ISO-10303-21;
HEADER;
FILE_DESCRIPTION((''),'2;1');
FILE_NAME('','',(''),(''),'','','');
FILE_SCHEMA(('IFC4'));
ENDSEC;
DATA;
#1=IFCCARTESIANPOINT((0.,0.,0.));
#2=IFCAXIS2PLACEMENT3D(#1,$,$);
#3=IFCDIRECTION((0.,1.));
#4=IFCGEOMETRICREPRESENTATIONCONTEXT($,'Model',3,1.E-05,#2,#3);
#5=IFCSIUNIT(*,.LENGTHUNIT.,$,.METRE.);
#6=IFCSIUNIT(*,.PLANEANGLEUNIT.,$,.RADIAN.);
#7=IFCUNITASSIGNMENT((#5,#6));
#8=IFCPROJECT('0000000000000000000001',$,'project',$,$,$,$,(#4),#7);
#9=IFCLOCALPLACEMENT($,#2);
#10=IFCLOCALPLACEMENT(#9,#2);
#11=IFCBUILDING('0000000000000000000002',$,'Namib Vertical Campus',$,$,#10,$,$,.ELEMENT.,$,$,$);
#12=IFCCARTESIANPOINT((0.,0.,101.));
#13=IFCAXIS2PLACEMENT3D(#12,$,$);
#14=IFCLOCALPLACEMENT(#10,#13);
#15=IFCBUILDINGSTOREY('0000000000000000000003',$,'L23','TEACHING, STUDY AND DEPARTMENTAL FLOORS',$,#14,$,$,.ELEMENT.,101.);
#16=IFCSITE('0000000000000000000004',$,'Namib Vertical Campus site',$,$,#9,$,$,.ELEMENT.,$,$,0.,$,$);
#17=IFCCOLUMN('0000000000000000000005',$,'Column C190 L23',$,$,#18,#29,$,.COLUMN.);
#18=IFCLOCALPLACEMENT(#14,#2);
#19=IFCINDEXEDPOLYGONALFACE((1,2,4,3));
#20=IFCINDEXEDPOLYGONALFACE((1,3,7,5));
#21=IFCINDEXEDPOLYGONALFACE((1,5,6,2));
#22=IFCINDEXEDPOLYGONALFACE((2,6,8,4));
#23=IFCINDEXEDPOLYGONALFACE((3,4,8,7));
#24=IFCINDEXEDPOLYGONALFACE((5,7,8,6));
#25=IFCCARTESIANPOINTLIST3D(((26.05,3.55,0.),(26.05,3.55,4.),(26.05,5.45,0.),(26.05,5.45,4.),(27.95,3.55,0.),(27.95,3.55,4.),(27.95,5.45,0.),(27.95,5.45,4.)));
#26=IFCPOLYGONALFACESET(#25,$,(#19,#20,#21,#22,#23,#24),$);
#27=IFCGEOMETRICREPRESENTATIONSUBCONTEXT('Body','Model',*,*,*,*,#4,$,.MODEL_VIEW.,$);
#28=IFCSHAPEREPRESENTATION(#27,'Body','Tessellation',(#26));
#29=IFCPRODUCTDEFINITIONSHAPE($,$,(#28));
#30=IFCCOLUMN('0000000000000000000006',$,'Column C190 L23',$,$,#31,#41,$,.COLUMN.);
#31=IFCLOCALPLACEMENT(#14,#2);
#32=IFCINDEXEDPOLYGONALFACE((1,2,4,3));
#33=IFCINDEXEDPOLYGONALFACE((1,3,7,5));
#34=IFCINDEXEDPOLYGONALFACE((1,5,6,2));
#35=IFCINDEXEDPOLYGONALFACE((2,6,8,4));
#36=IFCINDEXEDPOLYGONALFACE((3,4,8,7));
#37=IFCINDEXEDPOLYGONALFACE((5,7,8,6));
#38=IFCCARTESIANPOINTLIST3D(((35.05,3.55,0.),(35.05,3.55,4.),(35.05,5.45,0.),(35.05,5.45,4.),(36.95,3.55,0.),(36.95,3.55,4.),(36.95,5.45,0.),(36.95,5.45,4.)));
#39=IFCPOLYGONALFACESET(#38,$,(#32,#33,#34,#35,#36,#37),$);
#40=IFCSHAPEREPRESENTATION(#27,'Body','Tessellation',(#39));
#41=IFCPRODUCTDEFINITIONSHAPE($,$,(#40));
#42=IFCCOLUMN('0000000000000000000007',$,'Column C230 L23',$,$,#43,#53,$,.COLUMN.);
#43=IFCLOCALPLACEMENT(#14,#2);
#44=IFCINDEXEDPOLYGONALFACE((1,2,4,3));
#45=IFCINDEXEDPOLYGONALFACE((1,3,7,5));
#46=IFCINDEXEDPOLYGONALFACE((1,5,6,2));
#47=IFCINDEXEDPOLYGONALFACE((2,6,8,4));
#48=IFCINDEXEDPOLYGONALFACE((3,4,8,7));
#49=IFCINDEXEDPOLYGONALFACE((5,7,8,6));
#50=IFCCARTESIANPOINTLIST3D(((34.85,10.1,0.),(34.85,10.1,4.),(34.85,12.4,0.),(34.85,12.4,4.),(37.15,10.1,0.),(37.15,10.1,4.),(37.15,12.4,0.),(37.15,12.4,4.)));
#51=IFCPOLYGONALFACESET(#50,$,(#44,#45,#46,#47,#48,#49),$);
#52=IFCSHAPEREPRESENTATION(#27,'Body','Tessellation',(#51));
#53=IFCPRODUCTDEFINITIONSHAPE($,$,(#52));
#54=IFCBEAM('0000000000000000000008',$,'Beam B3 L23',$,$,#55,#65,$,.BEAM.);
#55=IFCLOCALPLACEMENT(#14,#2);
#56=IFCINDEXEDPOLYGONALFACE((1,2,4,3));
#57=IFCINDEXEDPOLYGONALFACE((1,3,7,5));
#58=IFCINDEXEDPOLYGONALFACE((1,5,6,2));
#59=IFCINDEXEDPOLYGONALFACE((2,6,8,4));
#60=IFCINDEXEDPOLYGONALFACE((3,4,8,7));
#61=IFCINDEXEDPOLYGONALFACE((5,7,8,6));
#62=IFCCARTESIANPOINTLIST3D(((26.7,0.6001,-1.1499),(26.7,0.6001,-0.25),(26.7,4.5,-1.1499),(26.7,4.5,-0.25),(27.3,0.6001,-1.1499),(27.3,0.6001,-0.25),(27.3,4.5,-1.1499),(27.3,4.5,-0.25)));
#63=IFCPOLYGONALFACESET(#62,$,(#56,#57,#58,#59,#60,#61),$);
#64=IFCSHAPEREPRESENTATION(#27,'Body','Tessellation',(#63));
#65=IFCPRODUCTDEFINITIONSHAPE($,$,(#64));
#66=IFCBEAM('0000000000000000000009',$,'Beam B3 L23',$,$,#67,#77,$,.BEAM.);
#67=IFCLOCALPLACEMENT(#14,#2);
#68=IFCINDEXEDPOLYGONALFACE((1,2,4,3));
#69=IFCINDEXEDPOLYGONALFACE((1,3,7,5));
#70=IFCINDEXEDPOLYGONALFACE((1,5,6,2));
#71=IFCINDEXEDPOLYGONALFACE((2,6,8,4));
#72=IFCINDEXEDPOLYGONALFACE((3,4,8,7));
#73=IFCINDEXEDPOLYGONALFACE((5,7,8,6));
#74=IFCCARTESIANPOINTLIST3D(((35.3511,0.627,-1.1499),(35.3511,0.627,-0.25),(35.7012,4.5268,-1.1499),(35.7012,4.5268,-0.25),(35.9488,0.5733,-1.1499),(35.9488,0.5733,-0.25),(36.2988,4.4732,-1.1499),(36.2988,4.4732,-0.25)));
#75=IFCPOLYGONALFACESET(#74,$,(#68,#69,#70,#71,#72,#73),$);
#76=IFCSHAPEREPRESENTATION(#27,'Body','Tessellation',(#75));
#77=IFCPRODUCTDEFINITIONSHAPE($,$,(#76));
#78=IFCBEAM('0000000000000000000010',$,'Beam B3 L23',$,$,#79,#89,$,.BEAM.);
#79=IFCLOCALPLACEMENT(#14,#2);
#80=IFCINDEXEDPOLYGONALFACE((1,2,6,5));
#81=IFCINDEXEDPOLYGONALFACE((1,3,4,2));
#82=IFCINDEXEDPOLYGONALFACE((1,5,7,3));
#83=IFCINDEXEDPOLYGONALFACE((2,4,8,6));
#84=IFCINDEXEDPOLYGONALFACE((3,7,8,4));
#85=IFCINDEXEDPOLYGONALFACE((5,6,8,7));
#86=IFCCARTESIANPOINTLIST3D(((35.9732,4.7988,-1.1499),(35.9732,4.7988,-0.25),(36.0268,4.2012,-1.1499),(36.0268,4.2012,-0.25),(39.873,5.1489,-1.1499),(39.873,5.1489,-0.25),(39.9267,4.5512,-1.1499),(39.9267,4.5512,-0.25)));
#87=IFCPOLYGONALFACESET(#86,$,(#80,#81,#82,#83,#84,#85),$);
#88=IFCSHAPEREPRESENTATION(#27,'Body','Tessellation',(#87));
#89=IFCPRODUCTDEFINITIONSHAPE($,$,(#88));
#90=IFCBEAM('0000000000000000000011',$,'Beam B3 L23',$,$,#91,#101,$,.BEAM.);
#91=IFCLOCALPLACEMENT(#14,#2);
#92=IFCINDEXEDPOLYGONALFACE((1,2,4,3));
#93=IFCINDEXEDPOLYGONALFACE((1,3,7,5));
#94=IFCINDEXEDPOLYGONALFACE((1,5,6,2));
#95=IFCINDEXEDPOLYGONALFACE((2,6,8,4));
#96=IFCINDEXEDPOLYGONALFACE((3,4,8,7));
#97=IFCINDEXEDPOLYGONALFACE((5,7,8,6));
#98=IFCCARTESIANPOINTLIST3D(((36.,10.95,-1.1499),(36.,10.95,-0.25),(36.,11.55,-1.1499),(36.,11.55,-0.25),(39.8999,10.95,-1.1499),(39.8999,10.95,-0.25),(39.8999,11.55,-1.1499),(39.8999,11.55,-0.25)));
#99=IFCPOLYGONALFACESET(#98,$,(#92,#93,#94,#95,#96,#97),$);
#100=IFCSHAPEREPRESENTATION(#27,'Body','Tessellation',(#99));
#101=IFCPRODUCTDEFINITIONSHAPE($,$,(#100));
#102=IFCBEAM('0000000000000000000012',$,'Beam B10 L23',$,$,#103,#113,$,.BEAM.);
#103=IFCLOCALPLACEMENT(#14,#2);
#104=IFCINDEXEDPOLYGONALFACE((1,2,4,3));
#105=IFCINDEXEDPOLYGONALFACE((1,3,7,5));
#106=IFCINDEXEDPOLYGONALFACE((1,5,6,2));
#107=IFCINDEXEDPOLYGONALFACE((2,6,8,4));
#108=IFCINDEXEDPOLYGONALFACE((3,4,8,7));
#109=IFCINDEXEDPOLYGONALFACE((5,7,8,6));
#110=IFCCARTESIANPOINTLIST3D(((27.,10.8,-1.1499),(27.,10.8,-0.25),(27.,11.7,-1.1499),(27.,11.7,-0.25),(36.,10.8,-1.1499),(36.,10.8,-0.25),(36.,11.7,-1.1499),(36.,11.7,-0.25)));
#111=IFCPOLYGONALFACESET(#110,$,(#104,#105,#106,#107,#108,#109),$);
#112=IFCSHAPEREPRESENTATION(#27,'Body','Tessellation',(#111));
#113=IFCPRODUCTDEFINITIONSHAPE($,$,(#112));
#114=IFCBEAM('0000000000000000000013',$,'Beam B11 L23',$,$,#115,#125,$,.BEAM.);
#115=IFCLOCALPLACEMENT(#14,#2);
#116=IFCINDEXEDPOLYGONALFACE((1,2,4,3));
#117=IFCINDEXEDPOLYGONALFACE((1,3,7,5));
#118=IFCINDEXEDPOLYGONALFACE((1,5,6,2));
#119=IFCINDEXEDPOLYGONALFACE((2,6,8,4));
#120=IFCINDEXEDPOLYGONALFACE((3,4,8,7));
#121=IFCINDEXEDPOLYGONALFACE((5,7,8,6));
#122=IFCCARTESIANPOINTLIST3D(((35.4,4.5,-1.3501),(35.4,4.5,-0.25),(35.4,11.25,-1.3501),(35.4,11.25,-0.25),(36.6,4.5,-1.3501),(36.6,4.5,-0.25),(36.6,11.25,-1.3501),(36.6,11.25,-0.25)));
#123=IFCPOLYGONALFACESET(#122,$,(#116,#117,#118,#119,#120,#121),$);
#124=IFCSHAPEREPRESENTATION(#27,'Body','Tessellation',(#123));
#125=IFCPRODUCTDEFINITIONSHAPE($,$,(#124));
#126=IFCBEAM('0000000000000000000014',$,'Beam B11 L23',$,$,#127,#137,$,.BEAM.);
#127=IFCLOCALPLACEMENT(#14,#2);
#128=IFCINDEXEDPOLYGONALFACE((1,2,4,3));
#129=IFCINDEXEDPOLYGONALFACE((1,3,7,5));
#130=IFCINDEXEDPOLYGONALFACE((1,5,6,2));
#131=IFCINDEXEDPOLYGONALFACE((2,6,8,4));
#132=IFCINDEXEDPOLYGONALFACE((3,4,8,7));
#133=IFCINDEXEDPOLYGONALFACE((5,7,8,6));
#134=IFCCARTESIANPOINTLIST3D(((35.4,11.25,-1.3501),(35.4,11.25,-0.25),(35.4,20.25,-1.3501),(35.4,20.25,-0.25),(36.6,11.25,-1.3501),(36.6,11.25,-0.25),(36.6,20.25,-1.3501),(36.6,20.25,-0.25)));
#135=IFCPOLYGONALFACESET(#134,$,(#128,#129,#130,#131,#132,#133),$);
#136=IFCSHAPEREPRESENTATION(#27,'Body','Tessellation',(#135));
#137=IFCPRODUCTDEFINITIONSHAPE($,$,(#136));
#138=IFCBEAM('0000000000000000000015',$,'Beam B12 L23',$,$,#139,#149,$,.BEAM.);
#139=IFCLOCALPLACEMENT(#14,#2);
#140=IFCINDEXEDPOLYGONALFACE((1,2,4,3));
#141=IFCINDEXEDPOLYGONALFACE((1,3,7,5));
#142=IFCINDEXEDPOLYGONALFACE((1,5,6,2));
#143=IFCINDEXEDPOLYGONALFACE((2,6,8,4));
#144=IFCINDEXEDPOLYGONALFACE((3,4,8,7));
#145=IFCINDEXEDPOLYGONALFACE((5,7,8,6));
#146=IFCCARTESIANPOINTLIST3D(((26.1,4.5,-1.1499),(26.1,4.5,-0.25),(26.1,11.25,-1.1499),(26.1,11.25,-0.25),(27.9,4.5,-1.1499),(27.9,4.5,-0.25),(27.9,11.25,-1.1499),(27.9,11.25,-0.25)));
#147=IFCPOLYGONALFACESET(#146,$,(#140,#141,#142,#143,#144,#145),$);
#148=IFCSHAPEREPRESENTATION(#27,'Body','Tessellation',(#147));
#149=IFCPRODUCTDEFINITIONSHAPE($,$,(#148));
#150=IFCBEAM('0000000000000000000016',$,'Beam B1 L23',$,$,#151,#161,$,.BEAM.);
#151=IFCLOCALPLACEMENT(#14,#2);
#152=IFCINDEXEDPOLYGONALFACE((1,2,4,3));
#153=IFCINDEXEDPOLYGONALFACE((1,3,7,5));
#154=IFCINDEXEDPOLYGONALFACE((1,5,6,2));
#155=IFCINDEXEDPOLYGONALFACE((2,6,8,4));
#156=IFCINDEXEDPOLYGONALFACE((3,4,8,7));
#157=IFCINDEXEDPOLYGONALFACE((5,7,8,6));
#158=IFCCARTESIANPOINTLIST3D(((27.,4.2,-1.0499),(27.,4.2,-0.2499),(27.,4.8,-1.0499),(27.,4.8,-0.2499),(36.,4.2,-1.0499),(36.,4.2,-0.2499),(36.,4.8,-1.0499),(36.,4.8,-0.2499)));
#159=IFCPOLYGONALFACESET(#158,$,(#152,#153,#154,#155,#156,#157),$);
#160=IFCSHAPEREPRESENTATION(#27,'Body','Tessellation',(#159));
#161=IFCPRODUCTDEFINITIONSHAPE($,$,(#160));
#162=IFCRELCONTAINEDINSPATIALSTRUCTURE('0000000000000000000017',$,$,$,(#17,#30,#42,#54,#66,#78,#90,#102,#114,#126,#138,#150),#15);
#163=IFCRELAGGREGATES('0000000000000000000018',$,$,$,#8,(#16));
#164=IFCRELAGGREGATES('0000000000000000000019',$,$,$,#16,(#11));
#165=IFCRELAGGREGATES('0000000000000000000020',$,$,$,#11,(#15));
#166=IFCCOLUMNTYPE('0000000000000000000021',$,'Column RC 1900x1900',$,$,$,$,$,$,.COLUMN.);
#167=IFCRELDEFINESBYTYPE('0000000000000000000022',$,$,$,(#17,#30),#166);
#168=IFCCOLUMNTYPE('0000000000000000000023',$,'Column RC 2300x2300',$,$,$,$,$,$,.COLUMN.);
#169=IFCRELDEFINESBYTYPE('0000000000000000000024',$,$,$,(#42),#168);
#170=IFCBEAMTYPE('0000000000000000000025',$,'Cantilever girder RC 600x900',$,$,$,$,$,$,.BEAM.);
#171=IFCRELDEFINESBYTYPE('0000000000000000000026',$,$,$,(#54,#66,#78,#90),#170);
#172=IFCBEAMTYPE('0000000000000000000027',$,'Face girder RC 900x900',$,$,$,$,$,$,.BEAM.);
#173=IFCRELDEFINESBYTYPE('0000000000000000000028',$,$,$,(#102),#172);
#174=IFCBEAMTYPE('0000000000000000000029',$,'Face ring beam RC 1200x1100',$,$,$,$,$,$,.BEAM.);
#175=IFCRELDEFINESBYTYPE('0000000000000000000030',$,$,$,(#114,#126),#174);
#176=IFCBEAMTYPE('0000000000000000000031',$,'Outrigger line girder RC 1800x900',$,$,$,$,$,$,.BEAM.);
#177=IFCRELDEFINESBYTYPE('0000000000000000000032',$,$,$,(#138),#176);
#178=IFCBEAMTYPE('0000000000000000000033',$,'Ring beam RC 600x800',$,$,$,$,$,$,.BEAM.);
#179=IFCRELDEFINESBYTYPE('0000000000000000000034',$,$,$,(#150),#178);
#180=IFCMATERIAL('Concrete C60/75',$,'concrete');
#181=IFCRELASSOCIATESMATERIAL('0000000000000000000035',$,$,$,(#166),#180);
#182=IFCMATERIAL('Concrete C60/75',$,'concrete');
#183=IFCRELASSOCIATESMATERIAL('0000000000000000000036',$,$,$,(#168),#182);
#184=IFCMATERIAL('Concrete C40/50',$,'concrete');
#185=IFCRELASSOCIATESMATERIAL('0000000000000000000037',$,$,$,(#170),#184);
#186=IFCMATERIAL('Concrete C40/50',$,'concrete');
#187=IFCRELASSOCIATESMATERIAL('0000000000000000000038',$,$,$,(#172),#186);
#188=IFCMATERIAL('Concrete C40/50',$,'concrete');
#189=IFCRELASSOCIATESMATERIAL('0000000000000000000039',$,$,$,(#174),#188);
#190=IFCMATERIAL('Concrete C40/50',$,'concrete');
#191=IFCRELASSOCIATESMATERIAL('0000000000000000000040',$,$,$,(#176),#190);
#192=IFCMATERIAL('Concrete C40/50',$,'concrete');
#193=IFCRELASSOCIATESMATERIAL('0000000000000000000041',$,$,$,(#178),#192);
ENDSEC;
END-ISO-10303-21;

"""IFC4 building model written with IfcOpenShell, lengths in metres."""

from ifc_helpers import new_model, si_unit, direction, frame, origin, origin_2d, place, context, subcontext, project, spatial, rectangle, extrude, material, material_profile, profile_set, type_object, element, save


model = new_model("IFC4")

# Units and contexts
model_context = context("Model", 3, precision=1e-05, world=origin(), true_north=direction((0.0, 1.0)))
body_context = subcontext(model_context, "Body", "Model", "MODEL_VIEW")
ifc_project = project(units=[si_unit("LENGTHUNIT", "METRE"), si_unit("PLANEANGLEUNIT", "RADIAN")], contexts=[model_context])

# Site, building, storey
site_placement = place(None, origin())
site = spatial("IfcSite", under=ifc_project, at=site_placement, Name="Namib Vertical Campus site", CompositionType="ELEMENT", RefElevation=0.0)
building_placement = place(site_placement, origin())
building = spatial("IfcBuilding", under=site, at=building_placement, Name="Namib Vertical Campus", CompositionType="ELEMENT")
storey_placement = place(building_placement, frame((0.0, 0.0, 101.0)))
storey = spatial("IfcBuildingStorey", under=building, at=storey_placement, Name="L23", Description="TEACHING, STUDY AND DEPARTMENTAL FLOORS", CompositionType="ELEMENT", Elevation=101.0)

# Columns
ifc_material_1 = material(Name="Concrete C60/75", Category="concrete")
ifc_material_profile_1 = material_profile(ifc_material_1, rectangle(XDim=1.8999, YDim=1.8999, at=origin_2d()))
ifc_profile_set_1 = profile_set([ifc_material_profile_1], Name="Concrete C60/75")
column_type_1 = type_object("IfcColumnType", Name="Column RC 1900x1900", PredefinedType="COLUMN", material=ifc_profile_set_1)
for number, where, z_axis, x_axis, name in (
    (1, (27.0, 4.5, 0.0), (0.0, 0.0, 1.0), (1.0, 0.0, 0.0), "Column C190 L23"),
    (2, (36.0, 4.5, 0.0), (0.0, 0.0, 1.0), (1.0, 0.0, 0.0), "Column C190 L23"),
):
    element("IfcColumn", number, at=place(storey_placement, frame(where, z_axis=z_axis, x_axis=x_axis)), inside=storey, type_object=column_type_1, Name=name, PredefinedType="COLUMN", context=body_context, shape_type="SweptSolid", body=[
        extrude(rectangle(XDim=1.8999, YDim=1.8999, at=origin_2d()), origin(), (0.0, 0.0, 1.0), 4.0),
    ])
ifc_material_2 = material(Name="Concrete C60/75", Category="concrete")
ifc_material_profile_2 = material_profile(ifc_material_2, rectangle(XDim=2.3, YDim=2.3, at=origin_2d()))
ifc_profile_set_2 = profile_set([ifc_material_profile_2], Name="Concrete C60/75")
column_type_2 = type_object("IfcColumnType", Name="Column RC 2300x2300", PredefinedType="COLUMN", material=ifc_profile_set_2)
column_placement = place(storey_placement, frame((36.0, 11.25, 0.0), z_axis=(0.0, 0.0, 1.0), x_axis=(1.0, 0.0, 0.0)))
element("IfcColumn", 3, at=column_placement, inside=storey, type_object=column_type_2, Name="Column C230 L23", PredefinedType="COLUMN", context=body_context, shape_type="SweptSolid", body=[
    extrude(rectangle(XDim=2.3, YDim=2.3, at=origin_2d()), origin(), (0.0, 0.0, 1.0), 4.0),
])

# Beams
ifc_material_3 = material(Name="Concrete C40/50", Category="concrete")
ifc_material_profile_3 = material_profile(ifc_material_3, rectangle(XDim=0.6001, YDim=0.8999, at=origin_2d()))
ifc_profile_set_3 = profile_set([ifc_material_profile_3], Name="Concrete C40/50")
beam_type_1 = type_object("IfcBeamType", Name="Cantilever girder RC 600x900", PredefinedType="BEAM", material=ifc_profile_set_3)
beam_1_placement = place(storey_placement, frame((27.0, 4.5, -0.7), z_axis=(0.0, -1.0, 0.0), x_axis=(1.0, 0.0, 0.0)))
element("IfcBeam", 4, at=beam_1_placement, inside=storey, type_object=beam_type_1, Name="Beam B3 L23", PredefinedType="BEAM", context=body_context, shape_type="SweptSolid", body=[
    extrude(rectangle(XDim=0.6001, YDim=0.8999, at=origin_2d()), origin(), (0.0, 0.0, 1.0), 3.8999),
])
for number, where, z_axis, x_axis, name in (
    (5, (36.0, 4.5, -0.7), (-0.089411, -0.995995, 0.0), (0.995995, -0.089411, 0.0), "Beam B3 L23"),
    (6, (36.0, 4.5, -0.7), (0.995995, 0.089411, 0.0), (-0.089411, 0.995995, 0.0), "Beam B3 L23"),
):
    element("IfcBeam", number, at=place(storey_placement, frame(where, z_axis=z_axis, x_axis=x_axis)), inside=storey, type_object=beam_type_1, Name=name, PredefinedType="BEAM", context=body_context, shape_type="SweptSolid", body=[
        extrude(rectangle(XDim=0.6001, YDim=0.8999, at=origin_2d()), origin(), (0.0, 0.0, 1.0), 3.9155),
    ])
beam_2_placement = place(storey_placement, frame((36.0, 11.25, -0.7), z_axis=(1.0, 0.0, 0.0), x_axis=(0.0, 1.0, 0.0)))
element("IfcBeam", 7, at=beam_2_placement, inside=storey, type_object=beam_type_1, Name="Beam B3 L23", PredefinedType="BEAM", context=body_context, shape_type="SweptSolid", body=[
    extrude(rectangle(XDim=0.6001, YDim=0.8999, at=origin_2d()), origin(), (0.0, 0.0, 1.0), 3.8999),
])
ifc_material_4 = material(Name="Concrete C40/50", Category="concrete")
ifc_material_profile_4 = material_profile(ifc_material_4, rectangle(XDim=0.8999, YDim=0.8999, at=origin_2d()))
ifc_profile_set_4 = profile_set([ifc_material_profile_4], Name="Concrete C40/50")
beam_type_2 = type_object("IfcBeamType", Name="Face girder RC 900x900", PredefinedType="BEAM", material=ifc_profile_set_4)
beam_3_placement = place(storey_placement, frame((36.0, 11.25, -0.7), z_axis=(-1.0, 0.0, 0.0), x_axis=(0.0, -1.0, 0.0)))
element("IfcBeam", 8, at=beam_3_placement, inside=storey, type_object=beam_type_2, Name="Beam B10 L23", PredefinedType="BEAM", context=body_context, shape_type="SweptSolid", body=[
    extrude(rectangle(XDim=0.8999, YDim=0.8999, at=origin_2d()), origin(), (0.0, 0.0, 1.0), 9.0),
])
ifc_material_5 = material(Name="Concrete C40/50", Category="concrete")
ifc_material_profile_5 = material_profile(ifc_material_5, rectangle(XDim=1.2, YDim=1.1001, at=origin_2d()))
ifc_profile_set_5 = profile_set([ifc_material_profile_5], Name="Concrete C40/50")
beam_type_3 = type_object("IfcBeamType", Name="Face ring beam RC 1200x1100", PredefinedType="BEAM", material=ifc_profile_set_5)
beam_4_placement = place(storey_placement, frame((36.0, 4.5, -0.8), z_axis=(0.0, 1.0, 0.0), x_axis=(-1.0, 0.0, 0.0)))
element("IfcBeam", 9, at=beam_4_placement, inside=storey, type_object=beam_type_3, Name="Beam B11 L23", PredefinedType="BEAM", context=body_context, shape_type="SweptSolid", body=[
    extrude(rectangle(XDim=1.2, YDim=1.1001, at=origin_2d()), origin(), (0.0, 0.0, 1.0), 6.75),
])
beam_5_placement = place(storey_placement, frame((36.0, 11.25, -0.8), z_axis=(0.0, 1.0, 0.0), x_axis=(-1.0, 0.0, 0.0)))
element("IfcBeam", 10, at=beam_5_placement, inside=storey, type_object=beam_type_3, Name="Beam B11 L23", PredefinedType="BEAM", context=body_context, shape_type="SweptSolid", body=[
    extrude(rectangle(XDim=1.2, YDim=1.1001, at=origin_2d()), origin(), (0.0, 0.0, 1.0), 9.0),
])
ifc_material_6 = material(Name="Concrete C40/50", Category="concrete")
ifc_material_profile_6 = material_profile(ifc_material_6, rectangle(XDim=1.8, YDim=0.8999, at=origin_2d()))
ifc_profile_set_6 = profile_set([ifc_material_profile_6], Name="Concrete C40/50")
beam_type_4 = type_object("IfcBeamType", Name="Outrigger line girder RC 1800x900", PredefinedType="BEAM", material=ifc_profile_set_6)
beam_6_placement = place(storey_placement, frame((27.0, 4.5, -0.7), z_axis=(0.0, 1.0, 0.0), x_axis=(-1.0, 0.0, 0.0)))
element("IfcBeam", 11, at=beam_6_placement, inside=storey, type_object=beam_type_4, Name="Beam B12 L23", PredefinedType="BEAM", context=body_context, shape_type="SweptSolid", body=[
    extrude(rectangle(XDim=1.8, YDim=0.8999, at=origin_2d()), origin(), (0.0, 0.0, 1.0), 6.75),
])
ifc_material_7 = material(Name="Concrete C40/50", Category="concrete")
ifc_material_profile_7 = material_profile(ifc_material_7, rectangle(XDim=0.6001, YDim=0.8, at=origin_2d()))
ifc_profile_set_7 = profile_set([ifc_material_profile_7], Name="Concrete C40/50")
beam_type_5 = type_object("IfcBeamType", Name="Ring beam RC 600x800", PredefinedType="BEAM", material=ifc_profile_set_7)
beam_7_placement = place(storey_placement, frame((27.0, 4.5, -0.6499), z_axis=(1.0, 0.0, 0.0), x_axis=(0.0, 1.0, 0.0)))
element("IfcBeam", 12, at=beam_7_placement, inside=storey, type_object=beam_type_5, Name="Beam B1 L23", PredefinedType="BEAM", context=body_context, shape_type="SweptSolid", body=[
    extrude(rectangle(XDim=0.6001, YDim=0.8, at=origin_2d()), origin(), (0.0, 0.0, 1.0), 9.0),
])

save(model, "model.ifc")
